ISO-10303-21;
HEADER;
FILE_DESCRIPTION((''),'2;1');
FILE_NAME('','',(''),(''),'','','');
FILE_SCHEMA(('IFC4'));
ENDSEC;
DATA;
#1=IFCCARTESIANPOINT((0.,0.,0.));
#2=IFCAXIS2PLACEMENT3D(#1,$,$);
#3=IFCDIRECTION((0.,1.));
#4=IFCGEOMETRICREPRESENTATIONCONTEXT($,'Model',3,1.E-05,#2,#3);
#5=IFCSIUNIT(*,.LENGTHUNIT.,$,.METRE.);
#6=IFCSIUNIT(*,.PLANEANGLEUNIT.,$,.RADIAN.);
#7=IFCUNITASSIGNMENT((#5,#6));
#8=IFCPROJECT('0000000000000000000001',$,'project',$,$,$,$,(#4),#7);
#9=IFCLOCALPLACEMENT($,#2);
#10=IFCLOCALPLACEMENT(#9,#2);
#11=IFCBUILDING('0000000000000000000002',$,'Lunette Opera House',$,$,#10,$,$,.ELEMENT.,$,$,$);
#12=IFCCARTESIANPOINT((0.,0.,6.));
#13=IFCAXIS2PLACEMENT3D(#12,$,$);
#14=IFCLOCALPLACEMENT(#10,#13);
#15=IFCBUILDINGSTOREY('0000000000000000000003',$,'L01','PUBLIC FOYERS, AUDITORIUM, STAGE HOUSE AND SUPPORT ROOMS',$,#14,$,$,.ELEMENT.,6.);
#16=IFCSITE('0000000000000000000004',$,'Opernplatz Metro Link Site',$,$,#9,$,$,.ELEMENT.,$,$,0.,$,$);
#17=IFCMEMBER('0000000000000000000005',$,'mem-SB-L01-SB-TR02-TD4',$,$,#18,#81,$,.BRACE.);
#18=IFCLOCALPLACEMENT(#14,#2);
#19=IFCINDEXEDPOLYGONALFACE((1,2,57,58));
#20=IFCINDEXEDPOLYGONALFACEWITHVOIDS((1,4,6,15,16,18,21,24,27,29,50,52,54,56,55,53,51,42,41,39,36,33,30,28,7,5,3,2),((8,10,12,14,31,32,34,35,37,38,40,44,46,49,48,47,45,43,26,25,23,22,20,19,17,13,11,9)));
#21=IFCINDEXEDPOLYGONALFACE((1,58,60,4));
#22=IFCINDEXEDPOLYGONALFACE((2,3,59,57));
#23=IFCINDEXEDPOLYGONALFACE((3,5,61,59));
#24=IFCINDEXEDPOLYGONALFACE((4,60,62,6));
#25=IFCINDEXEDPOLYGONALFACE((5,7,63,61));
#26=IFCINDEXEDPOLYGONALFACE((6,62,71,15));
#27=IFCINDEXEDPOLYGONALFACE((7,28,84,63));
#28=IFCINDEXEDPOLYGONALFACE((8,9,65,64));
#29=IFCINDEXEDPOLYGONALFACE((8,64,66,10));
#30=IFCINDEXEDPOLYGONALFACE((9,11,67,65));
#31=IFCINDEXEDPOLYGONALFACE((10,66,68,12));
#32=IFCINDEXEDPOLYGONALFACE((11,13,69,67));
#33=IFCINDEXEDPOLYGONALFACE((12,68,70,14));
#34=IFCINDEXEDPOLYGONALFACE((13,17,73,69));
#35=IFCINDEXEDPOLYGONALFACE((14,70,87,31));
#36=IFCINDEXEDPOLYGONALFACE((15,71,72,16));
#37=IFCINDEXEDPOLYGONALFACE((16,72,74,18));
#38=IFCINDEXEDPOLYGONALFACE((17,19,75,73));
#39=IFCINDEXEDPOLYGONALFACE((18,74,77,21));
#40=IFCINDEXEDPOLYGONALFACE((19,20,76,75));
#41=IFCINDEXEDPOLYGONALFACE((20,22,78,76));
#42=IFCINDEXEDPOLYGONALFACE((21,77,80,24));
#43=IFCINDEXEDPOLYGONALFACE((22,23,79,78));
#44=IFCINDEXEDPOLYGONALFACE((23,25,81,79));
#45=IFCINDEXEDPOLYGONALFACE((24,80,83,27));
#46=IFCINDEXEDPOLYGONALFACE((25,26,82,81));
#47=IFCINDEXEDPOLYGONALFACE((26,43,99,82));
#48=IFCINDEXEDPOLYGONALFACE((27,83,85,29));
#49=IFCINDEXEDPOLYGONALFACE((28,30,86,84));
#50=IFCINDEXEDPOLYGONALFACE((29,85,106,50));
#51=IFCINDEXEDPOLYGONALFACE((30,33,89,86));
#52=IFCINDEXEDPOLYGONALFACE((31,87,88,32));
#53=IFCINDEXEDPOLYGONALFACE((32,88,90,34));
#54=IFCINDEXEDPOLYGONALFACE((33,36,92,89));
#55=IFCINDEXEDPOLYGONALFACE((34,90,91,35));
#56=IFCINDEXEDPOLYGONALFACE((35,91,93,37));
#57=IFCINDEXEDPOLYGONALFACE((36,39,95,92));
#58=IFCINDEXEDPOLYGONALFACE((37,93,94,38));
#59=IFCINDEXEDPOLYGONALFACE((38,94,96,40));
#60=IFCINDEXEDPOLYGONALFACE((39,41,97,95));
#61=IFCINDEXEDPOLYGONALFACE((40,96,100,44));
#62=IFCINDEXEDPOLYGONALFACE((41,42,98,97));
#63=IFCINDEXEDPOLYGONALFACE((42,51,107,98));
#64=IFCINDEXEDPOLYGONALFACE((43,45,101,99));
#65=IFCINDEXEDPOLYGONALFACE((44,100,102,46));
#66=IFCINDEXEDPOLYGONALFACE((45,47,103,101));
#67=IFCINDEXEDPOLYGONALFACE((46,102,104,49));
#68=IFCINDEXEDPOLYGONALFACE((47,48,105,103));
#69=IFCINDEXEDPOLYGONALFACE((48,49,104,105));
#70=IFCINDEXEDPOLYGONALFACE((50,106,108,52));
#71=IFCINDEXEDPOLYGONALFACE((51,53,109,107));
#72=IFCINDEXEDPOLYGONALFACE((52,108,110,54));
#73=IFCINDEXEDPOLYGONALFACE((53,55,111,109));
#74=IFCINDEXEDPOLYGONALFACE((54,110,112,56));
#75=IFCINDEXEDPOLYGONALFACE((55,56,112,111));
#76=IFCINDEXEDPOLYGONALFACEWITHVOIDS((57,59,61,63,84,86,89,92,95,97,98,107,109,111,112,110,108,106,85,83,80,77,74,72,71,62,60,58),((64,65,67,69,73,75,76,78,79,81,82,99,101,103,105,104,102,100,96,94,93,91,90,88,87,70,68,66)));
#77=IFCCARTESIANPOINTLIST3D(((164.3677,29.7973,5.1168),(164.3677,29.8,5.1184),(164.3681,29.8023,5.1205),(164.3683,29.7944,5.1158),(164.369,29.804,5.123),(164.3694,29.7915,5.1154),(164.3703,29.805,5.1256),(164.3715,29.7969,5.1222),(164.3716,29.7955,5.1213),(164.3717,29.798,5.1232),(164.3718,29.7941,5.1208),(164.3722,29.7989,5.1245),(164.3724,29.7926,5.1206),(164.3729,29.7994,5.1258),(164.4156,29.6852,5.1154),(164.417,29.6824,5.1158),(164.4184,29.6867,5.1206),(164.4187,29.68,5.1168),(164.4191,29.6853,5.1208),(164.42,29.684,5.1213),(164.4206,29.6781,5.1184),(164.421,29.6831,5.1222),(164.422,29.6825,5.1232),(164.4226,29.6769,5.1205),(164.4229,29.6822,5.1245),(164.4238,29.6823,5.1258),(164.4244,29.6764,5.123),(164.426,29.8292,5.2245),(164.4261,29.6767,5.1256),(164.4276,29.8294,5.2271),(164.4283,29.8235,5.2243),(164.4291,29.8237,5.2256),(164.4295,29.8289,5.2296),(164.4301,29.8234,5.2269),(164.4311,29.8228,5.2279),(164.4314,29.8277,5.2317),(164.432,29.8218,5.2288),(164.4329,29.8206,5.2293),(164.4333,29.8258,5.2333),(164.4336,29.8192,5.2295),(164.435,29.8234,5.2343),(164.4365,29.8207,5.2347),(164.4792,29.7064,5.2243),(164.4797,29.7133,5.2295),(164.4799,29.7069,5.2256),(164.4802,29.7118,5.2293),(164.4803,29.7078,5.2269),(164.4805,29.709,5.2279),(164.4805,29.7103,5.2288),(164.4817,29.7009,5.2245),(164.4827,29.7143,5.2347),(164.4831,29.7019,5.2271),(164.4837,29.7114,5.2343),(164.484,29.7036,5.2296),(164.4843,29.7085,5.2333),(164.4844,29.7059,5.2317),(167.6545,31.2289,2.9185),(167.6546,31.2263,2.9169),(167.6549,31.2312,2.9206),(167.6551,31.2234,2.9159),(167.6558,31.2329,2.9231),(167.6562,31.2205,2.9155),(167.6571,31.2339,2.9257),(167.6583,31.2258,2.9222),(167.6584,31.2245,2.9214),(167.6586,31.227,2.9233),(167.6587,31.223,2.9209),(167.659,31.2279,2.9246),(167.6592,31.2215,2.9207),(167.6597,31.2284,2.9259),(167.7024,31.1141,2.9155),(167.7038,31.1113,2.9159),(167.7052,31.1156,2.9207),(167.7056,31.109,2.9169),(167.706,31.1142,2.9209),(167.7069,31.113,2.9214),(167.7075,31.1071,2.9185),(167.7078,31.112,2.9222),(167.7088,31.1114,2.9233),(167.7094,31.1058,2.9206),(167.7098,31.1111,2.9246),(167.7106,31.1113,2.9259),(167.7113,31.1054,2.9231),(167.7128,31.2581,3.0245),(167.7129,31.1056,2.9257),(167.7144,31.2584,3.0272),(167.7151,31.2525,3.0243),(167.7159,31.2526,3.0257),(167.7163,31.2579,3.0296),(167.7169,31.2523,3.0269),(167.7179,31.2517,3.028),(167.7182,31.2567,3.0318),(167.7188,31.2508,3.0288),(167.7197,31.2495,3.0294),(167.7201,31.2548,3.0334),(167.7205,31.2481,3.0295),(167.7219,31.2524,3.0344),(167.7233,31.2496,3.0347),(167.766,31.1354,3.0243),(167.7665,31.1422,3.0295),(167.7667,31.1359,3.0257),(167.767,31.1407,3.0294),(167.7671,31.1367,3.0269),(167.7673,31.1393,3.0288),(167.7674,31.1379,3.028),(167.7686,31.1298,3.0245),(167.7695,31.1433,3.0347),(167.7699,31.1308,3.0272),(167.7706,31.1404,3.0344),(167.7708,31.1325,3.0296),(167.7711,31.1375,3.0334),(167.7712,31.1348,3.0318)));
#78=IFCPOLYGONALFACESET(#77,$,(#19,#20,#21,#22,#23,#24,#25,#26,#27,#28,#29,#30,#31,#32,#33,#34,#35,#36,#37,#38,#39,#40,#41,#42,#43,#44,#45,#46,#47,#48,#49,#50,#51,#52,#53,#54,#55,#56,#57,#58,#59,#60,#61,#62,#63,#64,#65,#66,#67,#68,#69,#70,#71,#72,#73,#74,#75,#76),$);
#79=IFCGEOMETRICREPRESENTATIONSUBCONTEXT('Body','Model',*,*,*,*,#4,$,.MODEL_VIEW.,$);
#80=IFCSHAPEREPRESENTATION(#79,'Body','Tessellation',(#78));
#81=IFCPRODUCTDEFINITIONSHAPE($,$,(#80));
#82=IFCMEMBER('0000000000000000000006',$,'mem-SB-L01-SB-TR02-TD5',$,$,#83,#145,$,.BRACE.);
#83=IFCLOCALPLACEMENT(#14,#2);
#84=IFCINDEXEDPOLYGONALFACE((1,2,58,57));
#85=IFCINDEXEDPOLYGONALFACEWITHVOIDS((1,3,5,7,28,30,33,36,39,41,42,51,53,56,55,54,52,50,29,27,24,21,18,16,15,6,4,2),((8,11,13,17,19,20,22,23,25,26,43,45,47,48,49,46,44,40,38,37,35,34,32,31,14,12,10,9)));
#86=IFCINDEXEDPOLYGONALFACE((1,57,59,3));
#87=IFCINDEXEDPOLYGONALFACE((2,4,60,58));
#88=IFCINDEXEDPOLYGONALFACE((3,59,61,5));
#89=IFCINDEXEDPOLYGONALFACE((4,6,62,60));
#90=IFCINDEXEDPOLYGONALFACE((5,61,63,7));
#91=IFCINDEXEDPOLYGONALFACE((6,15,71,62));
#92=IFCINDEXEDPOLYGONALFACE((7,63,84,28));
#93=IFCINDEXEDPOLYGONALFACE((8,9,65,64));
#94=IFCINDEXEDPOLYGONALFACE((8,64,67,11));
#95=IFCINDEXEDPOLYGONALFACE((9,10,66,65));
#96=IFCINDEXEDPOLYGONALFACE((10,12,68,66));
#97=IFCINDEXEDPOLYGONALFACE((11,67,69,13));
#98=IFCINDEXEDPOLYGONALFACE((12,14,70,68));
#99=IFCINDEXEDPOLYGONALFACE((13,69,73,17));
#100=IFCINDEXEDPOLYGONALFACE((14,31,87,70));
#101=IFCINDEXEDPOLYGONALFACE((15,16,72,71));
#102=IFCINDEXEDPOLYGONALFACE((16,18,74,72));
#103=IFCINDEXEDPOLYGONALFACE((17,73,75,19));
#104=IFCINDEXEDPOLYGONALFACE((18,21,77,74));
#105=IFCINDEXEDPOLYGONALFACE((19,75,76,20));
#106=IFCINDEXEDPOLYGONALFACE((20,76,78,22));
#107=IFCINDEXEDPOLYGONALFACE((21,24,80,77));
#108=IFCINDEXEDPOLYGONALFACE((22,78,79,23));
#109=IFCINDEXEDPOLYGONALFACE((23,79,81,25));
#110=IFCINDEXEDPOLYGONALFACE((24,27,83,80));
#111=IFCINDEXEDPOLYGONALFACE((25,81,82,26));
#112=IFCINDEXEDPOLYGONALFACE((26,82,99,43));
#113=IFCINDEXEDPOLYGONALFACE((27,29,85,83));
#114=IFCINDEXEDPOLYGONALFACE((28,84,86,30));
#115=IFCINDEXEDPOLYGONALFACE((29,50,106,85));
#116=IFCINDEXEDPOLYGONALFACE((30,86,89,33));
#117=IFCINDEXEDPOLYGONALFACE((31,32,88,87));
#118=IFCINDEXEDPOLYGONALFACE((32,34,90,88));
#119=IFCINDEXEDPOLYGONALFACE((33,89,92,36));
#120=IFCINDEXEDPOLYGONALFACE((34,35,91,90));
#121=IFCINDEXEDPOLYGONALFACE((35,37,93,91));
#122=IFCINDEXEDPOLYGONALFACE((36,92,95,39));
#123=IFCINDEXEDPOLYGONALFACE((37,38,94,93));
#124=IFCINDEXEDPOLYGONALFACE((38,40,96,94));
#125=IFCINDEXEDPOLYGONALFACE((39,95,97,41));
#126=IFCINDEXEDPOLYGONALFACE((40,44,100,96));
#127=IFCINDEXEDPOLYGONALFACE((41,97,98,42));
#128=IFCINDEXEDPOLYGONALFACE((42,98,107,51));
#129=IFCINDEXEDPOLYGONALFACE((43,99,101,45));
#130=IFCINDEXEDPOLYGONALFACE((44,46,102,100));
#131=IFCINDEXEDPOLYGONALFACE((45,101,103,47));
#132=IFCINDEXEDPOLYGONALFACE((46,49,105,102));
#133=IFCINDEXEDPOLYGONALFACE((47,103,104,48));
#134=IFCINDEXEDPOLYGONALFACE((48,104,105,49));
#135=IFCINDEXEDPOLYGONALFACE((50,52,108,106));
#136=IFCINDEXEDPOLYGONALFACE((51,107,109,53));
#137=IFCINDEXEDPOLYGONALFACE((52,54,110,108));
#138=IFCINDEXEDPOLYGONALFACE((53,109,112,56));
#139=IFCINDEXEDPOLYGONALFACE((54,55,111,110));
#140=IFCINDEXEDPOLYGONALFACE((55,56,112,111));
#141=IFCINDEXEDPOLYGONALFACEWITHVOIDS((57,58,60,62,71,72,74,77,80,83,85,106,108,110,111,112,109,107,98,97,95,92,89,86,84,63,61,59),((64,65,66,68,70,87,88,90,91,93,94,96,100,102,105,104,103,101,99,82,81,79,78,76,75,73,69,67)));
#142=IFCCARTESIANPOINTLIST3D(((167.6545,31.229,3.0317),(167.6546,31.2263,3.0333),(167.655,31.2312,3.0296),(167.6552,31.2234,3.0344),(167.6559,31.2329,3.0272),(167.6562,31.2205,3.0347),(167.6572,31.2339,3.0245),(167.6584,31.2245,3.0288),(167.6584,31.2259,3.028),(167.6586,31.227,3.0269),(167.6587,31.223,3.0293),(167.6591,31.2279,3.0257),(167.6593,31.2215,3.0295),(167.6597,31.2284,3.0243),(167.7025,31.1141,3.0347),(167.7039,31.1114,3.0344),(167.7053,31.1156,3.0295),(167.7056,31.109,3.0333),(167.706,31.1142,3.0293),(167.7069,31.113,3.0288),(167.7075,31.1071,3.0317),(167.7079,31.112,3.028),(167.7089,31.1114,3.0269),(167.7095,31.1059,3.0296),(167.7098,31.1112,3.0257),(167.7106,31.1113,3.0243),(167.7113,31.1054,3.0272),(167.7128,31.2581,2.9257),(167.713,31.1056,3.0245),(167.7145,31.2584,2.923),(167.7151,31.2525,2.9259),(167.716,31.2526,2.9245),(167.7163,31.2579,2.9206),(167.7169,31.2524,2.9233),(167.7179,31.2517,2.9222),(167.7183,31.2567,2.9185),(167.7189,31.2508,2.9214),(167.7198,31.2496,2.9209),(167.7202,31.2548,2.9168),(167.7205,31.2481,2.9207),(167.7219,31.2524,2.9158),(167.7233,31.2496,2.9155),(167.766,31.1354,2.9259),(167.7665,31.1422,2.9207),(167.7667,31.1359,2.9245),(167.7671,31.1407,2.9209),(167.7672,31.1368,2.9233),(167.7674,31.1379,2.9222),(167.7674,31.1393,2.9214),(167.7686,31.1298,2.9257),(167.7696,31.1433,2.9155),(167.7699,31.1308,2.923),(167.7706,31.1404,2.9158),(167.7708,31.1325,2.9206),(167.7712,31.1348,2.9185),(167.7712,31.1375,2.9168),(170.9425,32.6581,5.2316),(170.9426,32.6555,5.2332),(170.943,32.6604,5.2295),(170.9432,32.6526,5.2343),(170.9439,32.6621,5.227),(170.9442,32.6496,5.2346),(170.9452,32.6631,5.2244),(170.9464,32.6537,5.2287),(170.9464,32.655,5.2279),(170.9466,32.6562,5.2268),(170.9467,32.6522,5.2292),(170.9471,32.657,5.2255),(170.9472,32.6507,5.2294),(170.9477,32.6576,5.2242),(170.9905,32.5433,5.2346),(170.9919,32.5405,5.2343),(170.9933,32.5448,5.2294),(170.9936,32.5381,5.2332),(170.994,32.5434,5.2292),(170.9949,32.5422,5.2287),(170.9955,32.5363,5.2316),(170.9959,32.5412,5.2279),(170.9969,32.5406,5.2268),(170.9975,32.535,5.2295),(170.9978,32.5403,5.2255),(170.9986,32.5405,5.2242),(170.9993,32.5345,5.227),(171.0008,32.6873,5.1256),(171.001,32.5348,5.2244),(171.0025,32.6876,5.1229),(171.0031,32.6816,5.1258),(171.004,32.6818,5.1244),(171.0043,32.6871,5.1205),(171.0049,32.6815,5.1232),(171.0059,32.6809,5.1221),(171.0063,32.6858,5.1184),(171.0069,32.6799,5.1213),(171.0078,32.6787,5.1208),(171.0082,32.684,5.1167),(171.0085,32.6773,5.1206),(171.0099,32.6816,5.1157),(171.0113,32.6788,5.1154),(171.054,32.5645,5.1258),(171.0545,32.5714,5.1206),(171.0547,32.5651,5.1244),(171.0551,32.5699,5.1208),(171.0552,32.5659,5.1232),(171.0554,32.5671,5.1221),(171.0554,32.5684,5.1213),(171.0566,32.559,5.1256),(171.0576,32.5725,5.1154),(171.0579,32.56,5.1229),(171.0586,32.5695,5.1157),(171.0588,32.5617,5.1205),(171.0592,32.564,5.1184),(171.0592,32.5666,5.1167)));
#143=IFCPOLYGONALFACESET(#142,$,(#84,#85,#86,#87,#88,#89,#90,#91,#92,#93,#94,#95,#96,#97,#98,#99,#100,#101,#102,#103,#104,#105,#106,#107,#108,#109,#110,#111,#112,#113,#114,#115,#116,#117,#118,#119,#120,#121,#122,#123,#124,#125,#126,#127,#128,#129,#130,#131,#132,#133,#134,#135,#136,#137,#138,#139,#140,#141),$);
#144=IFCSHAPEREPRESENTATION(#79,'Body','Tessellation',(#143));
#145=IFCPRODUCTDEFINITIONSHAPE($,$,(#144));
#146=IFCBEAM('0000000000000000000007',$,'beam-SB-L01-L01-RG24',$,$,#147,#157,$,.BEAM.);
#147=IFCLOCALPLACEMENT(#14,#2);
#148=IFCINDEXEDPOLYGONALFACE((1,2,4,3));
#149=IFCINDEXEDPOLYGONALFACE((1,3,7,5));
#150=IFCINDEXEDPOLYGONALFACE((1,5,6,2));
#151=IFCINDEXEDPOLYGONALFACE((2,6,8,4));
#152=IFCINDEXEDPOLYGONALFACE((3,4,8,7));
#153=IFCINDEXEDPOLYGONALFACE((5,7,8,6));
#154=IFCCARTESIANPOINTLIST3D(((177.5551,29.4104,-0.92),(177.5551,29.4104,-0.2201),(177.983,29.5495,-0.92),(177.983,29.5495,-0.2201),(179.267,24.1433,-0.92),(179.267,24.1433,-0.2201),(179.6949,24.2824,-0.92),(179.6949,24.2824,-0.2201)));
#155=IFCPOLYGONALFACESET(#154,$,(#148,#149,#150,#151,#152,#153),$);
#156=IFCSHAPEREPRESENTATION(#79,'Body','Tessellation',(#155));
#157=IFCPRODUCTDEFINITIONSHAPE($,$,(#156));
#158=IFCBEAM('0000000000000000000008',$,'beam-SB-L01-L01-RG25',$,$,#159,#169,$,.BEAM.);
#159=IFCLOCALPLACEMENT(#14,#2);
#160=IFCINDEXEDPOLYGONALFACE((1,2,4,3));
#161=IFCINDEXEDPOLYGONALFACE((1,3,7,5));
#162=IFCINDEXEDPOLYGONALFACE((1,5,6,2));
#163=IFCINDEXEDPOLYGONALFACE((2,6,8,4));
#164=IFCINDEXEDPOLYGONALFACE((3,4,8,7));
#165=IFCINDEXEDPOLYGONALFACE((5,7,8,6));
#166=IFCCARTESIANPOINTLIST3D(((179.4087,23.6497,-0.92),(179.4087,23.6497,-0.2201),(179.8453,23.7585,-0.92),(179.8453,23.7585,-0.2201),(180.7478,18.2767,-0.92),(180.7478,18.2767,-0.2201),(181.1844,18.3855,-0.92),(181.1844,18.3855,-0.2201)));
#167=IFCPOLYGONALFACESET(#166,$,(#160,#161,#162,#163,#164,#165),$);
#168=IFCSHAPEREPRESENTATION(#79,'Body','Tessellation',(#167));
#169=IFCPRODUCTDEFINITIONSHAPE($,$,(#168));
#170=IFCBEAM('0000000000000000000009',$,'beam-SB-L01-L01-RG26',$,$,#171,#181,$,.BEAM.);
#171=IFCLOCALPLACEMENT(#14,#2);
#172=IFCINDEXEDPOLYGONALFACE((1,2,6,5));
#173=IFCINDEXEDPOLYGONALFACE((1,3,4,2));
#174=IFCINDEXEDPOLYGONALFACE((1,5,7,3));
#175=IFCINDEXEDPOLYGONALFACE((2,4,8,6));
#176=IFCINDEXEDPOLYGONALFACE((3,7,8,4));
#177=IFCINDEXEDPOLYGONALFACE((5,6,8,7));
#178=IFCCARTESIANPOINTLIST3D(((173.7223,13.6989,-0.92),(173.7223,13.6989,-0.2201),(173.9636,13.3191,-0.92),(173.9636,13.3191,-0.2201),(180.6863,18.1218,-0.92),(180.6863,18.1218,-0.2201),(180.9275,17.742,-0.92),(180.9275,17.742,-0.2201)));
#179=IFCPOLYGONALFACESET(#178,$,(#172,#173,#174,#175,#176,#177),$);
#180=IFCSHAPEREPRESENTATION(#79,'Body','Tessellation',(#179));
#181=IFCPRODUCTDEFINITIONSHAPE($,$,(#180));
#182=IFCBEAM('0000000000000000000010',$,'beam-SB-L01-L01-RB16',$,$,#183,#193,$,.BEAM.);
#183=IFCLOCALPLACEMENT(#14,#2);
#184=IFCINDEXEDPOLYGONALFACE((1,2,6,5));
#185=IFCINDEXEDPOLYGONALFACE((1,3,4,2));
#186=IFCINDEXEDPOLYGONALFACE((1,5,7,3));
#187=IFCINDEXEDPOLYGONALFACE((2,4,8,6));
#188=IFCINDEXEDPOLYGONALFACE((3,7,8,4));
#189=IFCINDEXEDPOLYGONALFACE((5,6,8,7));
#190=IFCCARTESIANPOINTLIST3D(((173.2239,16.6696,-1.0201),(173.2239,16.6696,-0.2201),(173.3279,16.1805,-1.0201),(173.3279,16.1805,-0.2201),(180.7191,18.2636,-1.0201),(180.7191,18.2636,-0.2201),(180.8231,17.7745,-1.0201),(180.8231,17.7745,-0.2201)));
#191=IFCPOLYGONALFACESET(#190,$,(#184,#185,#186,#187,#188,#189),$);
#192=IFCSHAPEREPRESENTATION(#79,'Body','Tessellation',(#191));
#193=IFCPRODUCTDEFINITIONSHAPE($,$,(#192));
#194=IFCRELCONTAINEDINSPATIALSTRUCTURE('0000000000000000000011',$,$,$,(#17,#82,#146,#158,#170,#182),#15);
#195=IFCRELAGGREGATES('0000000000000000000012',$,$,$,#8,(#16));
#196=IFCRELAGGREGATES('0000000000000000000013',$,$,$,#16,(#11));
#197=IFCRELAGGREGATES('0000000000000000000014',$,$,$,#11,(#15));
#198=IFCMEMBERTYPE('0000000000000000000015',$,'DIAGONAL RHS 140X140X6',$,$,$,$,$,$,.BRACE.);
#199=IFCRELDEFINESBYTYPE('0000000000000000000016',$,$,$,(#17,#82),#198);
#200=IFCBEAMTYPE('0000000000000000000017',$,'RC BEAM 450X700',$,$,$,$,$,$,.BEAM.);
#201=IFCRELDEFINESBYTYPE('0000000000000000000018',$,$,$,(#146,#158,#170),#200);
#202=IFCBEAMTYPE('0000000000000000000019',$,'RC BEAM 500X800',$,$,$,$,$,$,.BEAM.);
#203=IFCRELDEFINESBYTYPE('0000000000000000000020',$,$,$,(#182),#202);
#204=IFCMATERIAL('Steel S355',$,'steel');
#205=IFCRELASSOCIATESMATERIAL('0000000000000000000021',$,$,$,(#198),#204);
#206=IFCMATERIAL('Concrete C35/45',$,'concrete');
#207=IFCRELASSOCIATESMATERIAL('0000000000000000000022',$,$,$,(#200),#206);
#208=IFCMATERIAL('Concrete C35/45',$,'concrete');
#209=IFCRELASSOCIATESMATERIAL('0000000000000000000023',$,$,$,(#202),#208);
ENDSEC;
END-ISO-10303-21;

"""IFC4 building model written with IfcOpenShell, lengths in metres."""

from ifc_helpers import new_model, si_unit, direction, frame, origin, origin_2d, place, context, subcontext, project, spatial, rectangle, hollow_rectangle, extrude, material, material_profile, profile_set, type_object, element, save


model = new_model("IFC4")

# Units and contexts
model_context = context("Model", 3, precision=1e-05, world=origin(), true_north=direction((0.0, 1.0)))
body_context = subcontext(model_context, "Body", "Model", "MODEL_VIEW")
ifc_project = project(units=[si_unit("LENGTHUNIT", "METRE"), si_unit("PLANEANGLEUNIT", "RADIAN")], contexts=[model_context])

# Site, building, storey
site_placement = place(None, origin())
site = spatial("IfcSite", under=ifc_project, at=site_placement, Name="Opernplatz Metro Link Site", CompositionType="ELEMENT", RefElevation=0.0)
building_placement = place(site_placement, origin())
building = spatial("IfcBuilding", under=site, at=building_placement, Name="Lunette Opera House", CompositionType="ELEMENT")
storey_placement = place(building_placement, frame((0.0, 0.0, 6.0)))
storey = spatial("IfcBuildingStorey", under=building, at=storey_placement, Name="L01", Description="PUBLIC FOYERS, AUDITORIUM, STAGE HOUSE AND SUPPORT ROOMS", CompositionType="ELEMENT", Elevation=6.0)

# Members
ifc_material_1 = material(Name="Steel S355", Category="steel")
ifc_material_profile_1 = material_profile(ifc_material_1, hollow_rectangle(XDim=0.1399, YDim=0.1399, WallThickness=0.0061, InnerFilletRadius=0.0061, OuterFilletRadius=0.012, at=origin_2d()), Name="RHS 140X140X6")
ifc_profile_set_1 = profile_set([ifc_material_profile_1], Name="Steel S355")
member_type_1 = type_object("IfcMemberType", Name="DIAGONAL RHS 140X140X6", PredefinedType="BRACE", material=ifc_profile_set_1)
member_1_placement = place(storey_placement, frame((164.426, 29.7529, 5.175), z_axis=(0.781587, 0.339793, -0.523128), x_axis=(-0.398699, 0.917082, 0.0)))
element("IfcMember", 1, at=member_1_placement, inside=storey, type_object=member_type_1, Name="mem-SB-L01-SB-TR02-TD4", PredefinedType="BRACE", context=body_context, shape_type="SweptSolid", body=[
    extrude(hollow_rectangle(XDim=0.1399, YDim=0.1399, WallThickness=0.0061, InnerFilletRadius=0.0061, OuterFilletRadius=0.012, at=origin_2d()), origin(), (0.0, 0.0, 1.0), 4.2053),
])
member_2_placement = place(storey_placement, frame((167.7129, 31.1819, 2.9751), z_axis=(0.781684, 0.339767, 0.522999), x_axis=(-0.398631, 0.917111, 0.0)))
element("IfcMember", 2, at=member_2_placement, inside=storey, type_object=member_type_1, Name="mem-SB-L01-SB-TR02-TD5", PredefinedType="BRACE", context=body_context, shape_type="SweptSolid", body=[
    extrude(hollow_rectangle(XDim=0.1399, YDim=0.1399, WallThickness=0.0061, InnerFilletRadius=0.0061, OuterFilletRadius=0.012, at=origin_2d()), origin(), (0.0, 0.0, 1.0), 4.2063),
])

# Beams
ifc_material_2 = material(Name="Concrete C35/45", Category="concrete")
ifc_material_profile_2 = material_profile(ifc_material_2, rectangle(XDim=0.45, YDim=0.7, at=origin_2d()), Name="RC BEAM 450X700")
ifc_profile_set_2 = profile_set([ifc_material_profile_2], Name="Concrete C35/45")
beam_type_1 = type_object("IfcBeamType", Name="RC BEAM 450X700", PredefinedType="BEAM", material=ifc_profile_set_2)
beam_1_placement = place(storey_placement, frame((177.769, 29.48, -0.5701), z_axis=(0.309104, -0.951028, 0.0), x_axis=(0.951028, 0.309104, 0.0)))
element("IfcBeam", 3, at=beam_1_placement, inside=storey, type_object=beam_type_1, Name="beam-SB-L01-L01-RG24", PredefinedType="BEAM", context=body_context, shape_type="SweptSolid", body=[
    extrude(rectangle(XDim=0.45, YDim=0.7, at=origin_2d()), origin(), (0.0, 0.0, 1.0), 5.5383),
])
beam_2_placement = place(storey_placement, frame((179.627, 23.7041, -0.5701), z_axis=(0.24183, -0.970319, 0.0), x_axis=(0.970319, 0.24183, 0.0)))
element("IfcBeam", 4, at=beam_2_placement, inside=storey, type_object=beam_type_1, Name="beam-SB-L01-L01-RG25", PredefinedType="BEAM", context=body_context, shape_type="SweptSolid", body=[
    extrude(rectangle(XDim=0.45, YDim=0.7, at=origin_2d()), origin(), (0.0, 0.0, 1.0), 5.5374),
])
beam_3_placement = place(storey_placement, frame((180.8069, 17.9319, -0.5701), z_axis=(-0.844139, -0.536125, 0.0), x_axis=(0.536125, -0.844139, 0.0)))
element("IfcBeam", 5, at=beam_3_placement, inside=storey, type_object=beam_type_1, Name="beam-SB-L01-L01-RG26", PredefinedType="BEAM", context=body_context, shape_type="SweptSolid", body=[
    extrude(rectangle(XDim=0.45, YDim=0.7, at=origin_2d()), origin(), (0.0, 0.0, 1.0), 8.2498),
])
ifc_material_3 = material(Name="Concrete C35/45", Category="concrete")
ifc_material_profile_3 = material_profile(ifc_material_3, rectangle(XDim=0.5, YDim=0.8, at=origin_2d()), Name="RC BEAM 500X800")
ifc_profile_set_3 = profile_set([ifc_material_profile_3], Name="Concrete C35/45")
beam_type_2 = type_object("IfcBeamType", Name="RC BEAM 500X800", PredefinedType="BEAM", material=ifc_profile_set_3)
beam_4_placement = place(storey_placement, frame((173.2759, 16.425, -0.6201), z_axis=(0.978125, 0.208019, 0.0), x_axis=(-0.208019, 0.978125, 0.0)))
element("IfcBeam", 6, at=beam_4_placement, inside=storey, type_object=beam_type_2, Name="beam-SB-L01-L01-RB16", PredefinedType="BEAM", context=body_context, shape_type="SweptSolid", body=[
    extrude(rectangle(XDim=0.5, YDim=0.8, at=origin_2d()), origin(), (0.0, 0.0, 1.0), 7.6628),
])

save(model, "model.ifc")
